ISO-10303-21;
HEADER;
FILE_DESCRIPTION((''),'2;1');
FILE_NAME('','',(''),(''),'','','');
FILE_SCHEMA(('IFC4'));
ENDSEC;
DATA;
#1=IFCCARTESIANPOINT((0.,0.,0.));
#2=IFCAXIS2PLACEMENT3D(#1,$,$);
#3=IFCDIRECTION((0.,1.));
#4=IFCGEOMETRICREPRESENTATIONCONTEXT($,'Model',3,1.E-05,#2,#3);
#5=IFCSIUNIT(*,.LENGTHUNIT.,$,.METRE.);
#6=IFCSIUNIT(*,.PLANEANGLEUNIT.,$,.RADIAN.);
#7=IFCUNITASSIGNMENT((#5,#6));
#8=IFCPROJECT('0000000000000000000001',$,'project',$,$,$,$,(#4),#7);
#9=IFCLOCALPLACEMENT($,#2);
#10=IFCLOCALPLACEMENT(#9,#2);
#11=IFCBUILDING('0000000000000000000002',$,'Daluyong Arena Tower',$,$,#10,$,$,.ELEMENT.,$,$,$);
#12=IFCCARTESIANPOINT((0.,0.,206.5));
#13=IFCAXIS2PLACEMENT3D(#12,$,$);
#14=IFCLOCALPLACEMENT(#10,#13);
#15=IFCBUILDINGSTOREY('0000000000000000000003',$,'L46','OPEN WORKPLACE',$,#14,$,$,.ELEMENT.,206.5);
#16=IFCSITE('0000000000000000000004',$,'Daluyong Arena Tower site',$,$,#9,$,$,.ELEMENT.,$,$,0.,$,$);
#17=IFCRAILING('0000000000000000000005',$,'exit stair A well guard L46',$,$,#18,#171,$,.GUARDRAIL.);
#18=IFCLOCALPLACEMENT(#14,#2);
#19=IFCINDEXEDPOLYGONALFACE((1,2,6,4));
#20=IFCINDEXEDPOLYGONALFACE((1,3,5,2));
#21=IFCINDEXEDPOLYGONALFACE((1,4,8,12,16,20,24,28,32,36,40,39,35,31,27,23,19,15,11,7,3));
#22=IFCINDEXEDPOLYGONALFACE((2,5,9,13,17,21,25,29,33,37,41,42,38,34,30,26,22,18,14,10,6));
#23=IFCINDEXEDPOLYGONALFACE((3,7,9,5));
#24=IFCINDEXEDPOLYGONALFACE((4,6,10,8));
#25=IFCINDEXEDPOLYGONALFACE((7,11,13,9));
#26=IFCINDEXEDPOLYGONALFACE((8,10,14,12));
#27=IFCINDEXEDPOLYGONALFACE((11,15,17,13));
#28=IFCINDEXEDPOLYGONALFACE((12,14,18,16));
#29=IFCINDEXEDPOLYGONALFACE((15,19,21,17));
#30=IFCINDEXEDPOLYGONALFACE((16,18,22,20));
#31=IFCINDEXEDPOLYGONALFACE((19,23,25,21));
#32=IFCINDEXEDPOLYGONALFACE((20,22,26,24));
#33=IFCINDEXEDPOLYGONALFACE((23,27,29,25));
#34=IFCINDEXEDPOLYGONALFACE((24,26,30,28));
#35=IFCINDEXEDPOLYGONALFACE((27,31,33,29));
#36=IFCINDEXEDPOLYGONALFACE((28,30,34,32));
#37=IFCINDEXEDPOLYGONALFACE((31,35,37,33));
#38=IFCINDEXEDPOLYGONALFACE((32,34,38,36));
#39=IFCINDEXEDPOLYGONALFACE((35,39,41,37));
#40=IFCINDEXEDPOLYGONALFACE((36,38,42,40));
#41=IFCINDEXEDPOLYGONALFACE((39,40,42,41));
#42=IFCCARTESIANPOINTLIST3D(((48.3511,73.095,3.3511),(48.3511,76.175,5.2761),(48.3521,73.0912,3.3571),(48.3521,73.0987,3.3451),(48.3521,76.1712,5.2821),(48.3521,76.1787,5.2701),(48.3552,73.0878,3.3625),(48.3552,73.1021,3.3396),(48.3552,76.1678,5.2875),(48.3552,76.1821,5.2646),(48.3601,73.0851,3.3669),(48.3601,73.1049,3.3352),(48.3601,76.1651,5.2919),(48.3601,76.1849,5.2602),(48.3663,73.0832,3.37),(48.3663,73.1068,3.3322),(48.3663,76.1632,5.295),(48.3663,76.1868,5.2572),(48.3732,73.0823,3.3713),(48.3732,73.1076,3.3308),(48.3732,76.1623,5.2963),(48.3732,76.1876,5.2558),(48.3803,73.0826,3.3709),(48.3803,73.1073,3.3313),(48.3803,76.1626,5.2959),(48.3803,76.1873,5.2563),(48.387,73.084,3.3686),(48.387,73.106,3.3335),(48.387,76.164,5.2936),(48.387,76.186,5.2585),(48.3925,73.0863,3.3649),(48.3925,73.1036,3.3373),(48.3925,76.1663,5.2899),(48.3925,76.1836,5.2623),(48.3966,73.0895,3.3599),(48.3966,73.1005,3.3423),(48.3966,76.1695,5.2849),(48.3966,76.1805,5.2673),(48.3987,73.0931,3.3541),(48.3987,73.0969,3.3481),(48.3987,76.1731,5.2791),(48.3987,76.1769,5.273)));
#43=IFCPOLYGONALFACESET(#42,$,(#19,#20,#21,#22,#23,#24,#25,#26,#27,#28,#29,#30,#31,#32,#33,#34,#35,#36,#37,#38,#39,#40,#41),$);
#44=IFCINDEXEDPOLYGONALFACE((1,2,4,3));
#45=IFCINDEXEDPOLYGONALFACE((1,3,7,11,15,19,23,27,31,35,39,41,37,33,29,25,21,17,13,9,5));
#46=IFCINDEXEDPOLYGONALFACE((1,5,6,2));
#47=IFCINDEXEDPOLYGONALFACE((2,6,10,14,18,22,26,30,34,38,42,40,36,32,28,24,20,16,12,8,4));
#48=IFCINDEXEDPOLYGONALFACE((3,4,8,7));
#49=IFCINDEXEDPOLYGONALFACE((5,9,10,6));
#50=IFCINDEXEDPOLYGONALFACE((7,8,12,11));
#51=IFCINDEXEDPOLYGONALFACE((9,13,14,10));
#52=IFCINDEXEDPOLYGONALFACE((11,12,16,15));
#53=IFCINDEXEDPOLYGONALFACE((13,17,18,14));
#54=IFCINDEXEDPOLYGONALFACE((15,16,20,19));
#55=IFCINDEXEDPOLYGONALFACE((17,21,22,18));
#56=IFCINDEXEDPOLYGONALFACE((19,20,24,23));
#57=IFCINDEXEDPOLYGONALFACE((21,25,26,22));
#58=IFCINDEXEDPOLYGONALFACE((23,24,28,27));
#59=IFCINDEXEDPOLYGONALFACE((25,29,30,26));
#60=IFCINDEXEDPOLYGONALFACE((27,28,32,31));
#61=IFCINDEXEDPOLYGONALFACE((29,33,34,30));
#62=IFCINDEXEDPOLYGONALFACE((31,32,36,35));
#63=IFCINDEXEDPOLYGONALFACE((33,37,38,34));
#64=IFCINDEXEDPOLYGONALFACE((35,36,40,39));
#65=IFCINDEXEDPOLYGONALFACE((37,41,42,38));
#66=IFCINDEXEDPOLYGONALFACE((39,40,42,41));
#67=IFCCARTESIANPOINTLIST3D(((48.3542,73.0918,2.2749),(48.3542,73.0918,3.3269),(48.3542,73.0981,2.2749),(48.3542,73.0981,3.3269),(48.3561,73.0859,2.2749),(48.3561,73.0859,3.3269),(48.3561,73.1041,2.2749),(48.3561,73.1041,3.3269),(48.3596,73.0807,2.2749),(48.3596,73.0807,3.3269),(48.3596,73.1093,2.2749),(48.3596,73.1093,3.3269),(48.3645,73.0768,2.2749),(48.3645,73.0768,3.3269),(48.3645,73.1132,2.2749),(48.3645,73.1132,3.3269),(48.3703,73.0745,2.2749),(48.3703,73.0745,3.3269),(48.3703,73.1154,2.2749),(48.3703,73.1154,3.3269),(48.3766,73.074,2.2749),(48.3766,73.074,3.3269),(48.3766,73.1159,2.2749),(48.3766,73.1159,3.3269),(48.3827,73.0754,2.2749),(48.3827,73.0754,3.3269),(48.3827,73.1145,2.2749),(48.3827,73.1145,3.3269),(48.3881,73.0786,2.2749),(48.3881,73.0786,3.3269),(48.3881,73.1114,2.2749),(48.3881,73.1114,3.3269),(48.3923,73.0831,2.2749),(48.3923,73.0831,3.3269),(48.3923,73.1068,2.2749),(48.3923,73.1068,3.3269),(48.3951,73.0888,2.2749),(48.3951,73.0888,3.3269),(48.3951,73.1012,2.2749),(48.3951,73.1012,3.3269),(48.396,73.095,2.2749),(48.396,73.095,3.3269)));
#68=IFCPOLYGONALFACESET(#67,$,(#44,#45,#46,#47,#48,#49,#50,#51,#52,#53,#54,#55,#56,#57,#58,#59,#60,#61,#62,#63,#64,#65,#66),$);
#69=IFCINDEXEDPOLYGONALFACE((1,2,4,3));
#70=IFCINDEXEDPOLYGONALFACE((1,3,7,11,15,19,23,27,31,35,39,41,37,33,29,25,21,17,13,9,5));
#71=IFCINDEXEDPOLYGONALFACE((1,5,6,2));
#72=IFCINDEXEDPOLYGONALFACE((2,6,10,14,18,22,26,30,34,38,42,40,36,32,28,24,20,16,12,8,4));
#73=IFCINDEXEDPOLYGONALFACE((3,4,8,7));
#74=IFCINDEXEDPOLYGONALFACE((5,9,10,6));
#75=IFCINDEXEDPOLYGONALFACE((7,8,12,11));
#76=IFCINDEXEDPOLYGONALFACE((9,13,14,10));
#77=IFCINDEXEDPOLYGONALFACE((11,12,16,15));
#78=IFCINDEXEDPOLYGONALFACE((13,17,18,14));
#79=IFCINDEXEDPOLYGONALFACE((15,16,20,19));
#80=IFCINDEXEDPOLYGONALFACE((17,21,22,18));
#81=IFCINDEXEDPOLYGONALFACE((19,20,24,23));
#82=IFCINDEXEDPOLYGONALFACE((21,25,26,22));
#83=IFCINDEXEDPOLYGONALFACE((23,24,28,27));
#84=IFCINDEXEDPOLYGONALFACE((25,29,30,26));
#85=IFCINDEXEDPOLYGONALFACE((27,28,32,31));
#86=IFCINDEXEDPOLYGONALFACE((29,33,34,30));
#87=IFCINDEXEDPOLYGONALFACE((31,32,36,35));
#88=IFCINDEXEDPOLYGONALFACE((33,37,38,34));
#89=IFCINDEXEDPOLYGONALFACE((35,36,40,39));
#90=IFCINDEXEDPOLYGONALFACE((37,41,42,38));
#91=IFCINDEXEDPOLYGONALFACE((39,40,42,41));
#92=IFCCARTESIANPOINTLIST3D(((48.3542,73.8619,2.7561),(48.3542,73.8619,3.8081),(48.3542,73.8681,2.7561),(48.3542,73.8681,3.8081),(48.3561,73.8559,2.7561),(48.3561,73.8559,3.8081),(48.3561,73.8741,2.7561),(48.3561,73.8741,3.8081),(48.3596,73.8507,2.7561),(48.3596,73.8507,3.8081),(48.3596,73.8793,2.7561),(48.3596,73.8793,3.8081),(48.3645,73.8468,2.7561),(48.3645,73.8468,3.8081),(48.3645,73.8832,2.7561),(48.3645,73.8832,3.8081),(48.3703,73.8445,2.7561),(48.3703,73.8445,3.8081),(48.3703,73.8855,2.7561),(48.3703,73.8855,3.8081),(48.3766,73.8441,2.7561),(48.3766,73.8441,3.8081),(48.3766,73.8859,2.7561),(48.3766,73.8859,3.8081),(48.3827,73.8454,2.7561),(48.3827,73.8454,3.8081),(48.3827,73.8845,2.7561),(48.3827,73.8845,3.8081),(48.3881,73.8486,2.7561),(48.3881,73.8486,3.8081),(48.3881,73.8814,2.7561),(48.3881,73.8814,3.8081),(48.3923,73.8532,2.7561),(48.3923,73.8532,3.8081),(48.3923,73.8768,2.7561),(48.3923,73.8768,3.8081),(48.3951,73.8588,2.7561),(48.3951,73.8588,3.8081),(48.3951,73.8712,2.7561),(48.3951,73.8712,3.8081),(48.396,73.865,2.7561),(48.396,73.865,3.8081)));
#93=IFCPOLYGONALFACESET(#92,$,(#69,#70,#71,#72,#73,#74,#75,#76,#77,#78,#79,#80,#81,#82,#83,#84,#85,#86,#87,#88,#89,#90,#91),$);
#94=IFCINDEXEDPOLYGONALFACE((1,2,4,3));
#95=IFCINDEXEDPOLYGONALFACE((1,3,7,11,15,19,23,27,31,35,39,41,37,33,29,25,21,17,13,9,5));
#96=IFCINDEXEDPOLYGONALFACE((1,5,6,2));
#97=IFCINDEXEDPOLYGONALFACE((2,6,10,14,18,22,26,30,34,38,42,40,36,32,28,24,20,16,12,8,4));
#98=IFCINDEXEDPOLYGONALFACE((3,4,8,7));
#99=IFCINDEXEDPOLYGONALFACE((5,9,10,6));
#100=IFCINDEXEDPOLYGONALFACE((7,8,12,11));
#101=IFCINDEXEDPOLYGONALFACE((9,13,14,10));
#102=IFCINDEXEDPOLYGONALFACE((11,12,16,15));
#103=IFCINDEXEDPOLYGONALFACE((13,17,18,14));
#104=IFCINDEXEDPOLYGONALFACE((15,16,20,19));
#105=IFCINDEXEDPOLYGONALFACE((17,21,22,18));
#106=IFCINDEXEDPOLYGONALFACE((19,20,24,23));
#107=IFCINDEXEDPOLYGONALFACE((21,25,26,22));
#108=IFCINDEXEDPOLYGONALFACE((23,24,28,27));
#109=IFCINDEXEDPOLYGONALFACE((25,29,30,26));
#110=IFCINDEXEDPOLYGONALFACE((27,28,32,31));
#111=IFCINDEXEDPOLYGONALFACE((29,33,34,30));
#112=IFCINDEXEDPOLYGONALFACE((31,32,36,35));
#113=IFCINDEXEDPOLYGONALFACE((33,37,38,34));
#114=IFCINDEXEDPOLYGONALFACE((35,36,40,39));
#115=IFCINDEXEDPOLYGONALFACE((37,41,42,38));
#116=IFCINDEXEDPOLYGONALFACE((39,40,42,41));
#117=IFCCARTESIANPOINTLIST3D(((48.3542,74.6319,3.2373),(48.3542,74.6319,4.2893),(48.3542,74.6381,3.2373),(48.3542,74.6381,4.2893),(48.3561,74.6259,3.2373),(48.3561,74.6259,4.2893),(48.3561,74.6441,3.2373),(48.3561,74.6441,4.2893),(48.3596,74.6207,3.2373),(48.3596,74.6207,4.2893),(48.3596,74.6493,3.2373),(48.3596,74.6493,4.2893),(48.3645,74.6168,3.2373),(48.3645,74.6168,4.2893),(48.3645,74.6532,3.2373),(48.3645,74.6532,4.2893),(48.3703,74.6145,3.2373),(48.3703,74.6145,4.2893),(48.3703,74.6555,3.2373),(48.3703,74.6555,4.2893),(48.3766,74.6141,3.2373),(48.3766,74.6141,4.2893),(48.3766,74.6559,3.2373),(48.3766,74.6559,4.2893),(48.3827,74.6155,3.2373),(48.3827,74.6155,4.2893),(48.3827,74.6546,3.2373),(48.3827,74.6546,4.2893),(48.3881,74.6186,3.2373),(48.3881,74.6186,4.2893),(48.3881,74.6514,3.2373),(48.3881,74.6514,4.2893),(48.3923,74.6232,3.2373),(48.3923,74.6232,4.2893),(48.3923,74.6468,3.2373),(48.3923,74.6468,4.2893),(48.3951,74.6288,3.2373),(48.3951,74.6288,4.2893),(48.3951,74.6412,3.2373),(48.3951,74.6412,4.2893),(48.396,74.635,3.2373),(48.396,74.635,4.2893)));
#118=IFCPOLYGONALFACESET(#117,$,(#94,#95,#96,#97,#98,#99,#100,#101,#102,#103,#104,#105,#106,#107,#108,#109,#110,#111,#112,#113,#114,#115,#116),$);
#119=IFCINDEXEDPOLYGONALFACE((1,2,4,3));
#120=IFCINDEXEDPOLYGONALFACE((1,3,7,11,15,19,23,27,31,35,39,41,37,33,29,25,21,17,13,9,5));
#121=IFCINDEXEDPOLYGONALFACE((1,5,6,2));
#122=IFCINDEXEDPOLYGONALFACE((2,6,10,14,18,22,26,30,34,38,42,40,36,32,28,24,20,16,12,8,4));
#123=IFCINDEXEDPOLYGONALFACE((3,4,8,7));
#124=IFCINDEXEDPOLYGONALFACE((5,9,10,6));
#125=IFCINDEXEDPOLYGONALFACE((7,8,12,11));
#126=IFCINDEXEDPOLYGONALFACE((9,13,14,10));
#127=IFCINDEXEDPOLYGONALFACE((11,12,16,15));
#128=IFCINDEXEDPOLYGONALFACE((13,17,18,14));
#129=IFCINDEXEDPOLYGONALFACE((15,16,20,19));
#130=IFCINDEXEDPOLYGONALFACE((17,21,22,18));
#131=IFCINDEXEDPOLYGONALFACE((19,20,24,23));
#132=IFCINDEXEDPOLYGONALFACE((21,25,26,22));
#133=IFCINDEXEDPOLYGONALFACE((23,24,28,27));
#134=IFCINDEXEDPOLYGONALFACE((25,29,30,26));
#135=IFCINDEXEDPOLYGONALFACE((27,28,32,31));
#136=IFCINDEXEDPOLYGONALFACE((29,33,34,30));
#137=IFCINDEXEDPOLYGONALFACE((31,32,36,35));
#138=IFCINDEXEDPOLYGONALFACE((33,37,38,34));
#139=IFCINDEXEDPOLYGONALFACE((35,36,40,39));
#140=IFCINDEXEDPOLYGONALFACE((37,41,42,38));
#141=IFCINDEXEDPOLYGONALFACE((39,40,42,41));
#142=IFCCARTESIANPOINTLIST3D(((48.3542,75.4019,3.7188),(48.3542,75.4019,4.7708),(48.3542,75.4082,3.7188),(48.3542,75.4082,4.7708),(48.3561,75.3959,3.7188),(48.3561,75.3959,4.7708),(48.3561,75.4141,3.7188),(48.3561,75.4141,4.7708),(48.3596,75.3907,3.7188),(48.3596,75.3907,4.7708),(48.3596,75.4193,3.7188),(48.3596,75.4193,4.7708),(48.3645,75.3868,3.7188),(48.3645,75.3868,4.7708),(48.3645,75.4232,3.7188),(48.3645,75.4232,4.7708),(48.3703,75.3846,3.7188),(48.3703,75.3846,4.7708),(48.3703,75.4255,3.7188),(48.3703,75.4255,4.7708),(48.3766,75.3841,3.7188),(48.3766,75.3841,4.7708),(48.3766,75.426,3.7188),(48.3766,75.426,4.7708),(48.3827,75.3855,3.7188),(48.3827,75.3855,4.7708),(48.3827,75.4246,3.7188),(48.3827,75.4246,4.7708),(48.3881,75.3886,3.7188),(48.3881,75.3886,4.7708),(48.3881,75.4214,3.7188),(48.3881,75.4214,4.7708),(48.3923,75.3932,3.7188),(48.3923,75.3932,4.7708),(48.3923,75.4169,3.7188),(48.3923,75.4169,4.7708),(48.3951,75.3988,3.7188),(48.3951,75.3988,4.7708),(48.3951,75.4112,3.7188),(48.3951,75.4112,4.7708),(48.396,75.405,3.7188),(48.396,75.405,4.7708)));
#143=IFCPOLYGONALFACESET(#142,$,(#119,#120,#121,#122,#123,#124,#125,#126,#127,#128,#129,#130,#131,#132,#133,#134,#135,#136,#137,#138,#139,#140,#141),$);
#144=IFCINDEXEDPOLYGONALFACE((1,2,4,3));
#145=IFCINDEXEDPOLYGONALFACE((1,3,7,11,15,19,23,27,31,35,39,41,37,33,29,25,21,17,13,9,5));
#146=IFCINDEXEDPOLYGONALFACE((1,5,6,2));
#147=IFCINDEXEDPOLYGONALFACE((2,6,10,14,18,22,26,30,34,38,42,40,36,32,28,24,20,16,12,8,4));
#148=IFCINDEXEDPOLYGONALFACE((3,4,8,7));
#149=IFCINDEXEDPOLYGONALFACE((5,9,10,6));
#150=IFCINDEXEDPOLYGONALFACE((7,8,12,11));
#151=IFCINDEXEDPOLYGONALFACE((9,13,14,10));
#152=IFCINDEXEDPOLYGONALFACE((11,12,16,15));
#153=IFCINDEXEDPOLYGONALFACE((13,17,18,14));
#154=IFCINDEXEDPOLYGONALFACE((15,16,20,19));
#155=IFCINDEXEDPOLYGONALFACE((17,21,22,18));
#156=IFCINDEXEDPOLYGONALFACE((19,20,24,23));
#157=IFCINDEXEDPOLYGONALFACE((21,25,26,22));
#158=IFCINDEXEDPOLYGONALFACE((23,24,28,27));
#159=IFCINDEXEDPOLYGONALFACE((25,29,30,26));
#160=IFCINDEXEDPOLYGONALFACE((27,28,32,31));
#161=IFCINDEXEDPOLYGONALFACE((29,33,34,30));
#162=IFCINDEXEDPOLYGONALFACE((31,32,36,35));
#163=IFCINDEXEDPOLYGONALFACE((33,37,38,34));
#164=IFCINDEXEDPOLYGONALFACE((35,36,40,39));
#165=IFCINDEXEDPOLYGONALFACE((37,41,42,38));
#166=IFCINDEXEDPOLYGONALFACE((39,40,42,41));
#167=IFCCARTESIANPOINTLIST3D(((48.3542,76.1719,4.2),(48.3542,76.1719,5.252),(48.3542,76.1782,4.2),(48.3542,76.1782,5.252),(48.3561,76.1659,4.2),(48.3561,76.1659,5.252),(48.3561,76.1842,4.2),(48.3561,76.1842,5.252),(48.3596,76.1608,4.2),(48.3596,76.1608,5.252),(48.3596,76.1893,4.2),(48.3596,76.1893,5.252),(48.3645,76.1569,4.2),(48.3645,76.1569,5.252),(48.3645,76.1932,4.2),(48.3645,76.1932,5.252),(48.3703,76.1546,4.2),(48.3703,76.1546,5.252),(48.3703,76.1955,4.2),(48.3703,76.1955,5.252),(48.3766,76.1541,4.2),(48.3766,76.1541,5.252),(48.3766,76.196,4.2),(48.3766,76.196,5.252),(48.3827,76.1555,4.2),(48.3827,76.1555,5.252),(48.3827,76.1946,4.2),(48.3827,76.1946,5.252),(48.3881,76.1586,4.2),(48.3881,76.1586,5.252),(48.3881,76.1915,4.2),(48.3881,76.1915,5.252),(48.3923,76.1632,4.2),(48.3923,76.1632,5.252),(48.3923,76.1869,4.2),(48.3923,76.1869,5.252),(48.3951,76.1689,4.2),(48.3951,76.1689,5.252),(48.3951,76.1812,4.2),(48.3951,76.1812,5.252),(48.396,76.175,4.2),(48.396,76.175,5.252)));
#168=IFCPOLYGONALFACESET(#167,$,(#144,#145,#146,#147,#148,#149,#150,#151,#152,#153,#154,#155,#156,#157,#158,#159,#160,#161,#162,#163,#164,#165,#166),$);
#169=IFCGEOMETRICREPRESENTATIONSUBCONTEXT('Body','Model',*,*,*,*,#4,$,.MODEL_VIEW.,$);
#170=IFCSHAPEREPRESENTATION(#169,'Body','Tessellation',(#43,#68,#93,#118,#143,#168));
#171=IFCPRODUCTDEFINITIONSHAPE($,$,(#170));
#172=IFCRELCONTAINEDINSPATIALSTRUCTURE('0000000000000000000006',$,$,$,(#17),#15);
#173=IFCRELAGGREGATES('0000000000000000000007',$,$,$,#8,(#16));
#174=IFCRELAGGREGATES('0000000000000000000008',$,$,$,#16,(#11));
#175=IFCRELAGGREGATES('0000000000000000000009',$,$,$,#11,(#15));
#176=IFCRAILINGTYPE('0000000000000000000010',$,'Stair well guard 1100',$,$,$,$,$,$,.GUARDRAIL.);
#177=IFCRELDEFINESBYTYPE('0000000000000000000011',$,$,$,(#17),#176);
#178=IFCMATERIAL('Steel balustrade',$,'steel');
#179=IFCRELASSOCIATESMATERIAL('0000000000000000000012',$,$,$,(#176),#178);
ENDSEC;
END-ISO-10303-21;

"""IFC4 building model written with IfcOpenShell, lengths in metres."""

from ifc_helpers import new_model, si_unit, direction, frame, origin, origin_2d, place, context, subcontext, project, spatial, circle, extrude, material, type_object, element, save


model = new_model("IFC4")

# Units and contexts
model_context = context("Model", 3, precision=1e-05, world=origin(), true_north=direction((0.0, 1.0)))
body_context = subcontext(model_context, "Body", "Model", "MODEL_VIEW")
ifc_project = project(units=[si_unit("LENGTHUNIT", "METRE"), si_unit("PLANEANGLEUNIT", "RADIAN")], contexts=[model_context])

# Site, building, storey
site_placement = place(None, origin())
site = spatial("IfcSite", under=ifc_project, at=site_placement, Name="Daluyong Arena Tower site", CompositionType="ELEMENT", RefElevation=0.0)
building_placement = place(site_placement, origin())
building = spatial("IfcBuilding", under=site, at=building_placement, Name="Daluyong Arena Tower", CompositionType="ELEMENT")
storey_placement = place(building_placement, frame((0.0, 0.0, 206.5)))
storey = spatial("IfcBuildingStorey", under=building, at=storey_placement, Name="L46", Description="OPEN WORKPLACE", CompositionType="ELEMENT", Elevation=206.5)

# Railing
ifc_material_1 = material(Name="Steel balustrade", Category="steel")
railing_type_1 = type_object("IfcRailingType", Name="Stair well guard 1100", PredefinedType="GUARDRAIL", material=ifc_material_1)
railing_1_placement = place(storey_placement, frame((48.375, 73.095, 2.2749)))
element("IfcRailing", 1, at=railing_1_placement, inside=storey, type_object=railing_type_1, Name="exit stair A well guard L46", PredefinedType="GUARDRAIL", context=body_context, shape_type="SweptSolid", body=[
    extrude(circle(Radius=0.0239, at=origin_2d()), frame((0.0, 0.0, 1.0762), z_axis=(0.0, 0.847998, 0.529999), x_axis=(-1.0, 0.0, 0.0)), (0.0, 0.0, 1.0), 3.6321),
    extrude(circle(Radius=0.021, at=origin_2d()), origin(), (0.0, 0.0, 1.0), 1.052),
    extrude(circle(Radius=0.021, at=origin_2d()), frame((0.0, 0.77, 0.4812)), (0.0, 0.0, 1.0), 1.052),
    extrude(circle(Radius=0.021, at=origin_2d()), frame((0.0, 1.54, 0.9624)), (0.0, 0.0, 1.0), 1.052),
    extrude(circle(Radius=0.021, at=origin_2d()), frame((0.0, 2.3101, 1.4438)), (0.0, 0.0, 1.0), 1.052),
    extrude(circle(Radius=0.021, at=origin_2d()), frame((0.0, 3.0801, 1.925)), (0.0, 0.0, 1.0), 1.052),
])

save(model, "model.ifc")
